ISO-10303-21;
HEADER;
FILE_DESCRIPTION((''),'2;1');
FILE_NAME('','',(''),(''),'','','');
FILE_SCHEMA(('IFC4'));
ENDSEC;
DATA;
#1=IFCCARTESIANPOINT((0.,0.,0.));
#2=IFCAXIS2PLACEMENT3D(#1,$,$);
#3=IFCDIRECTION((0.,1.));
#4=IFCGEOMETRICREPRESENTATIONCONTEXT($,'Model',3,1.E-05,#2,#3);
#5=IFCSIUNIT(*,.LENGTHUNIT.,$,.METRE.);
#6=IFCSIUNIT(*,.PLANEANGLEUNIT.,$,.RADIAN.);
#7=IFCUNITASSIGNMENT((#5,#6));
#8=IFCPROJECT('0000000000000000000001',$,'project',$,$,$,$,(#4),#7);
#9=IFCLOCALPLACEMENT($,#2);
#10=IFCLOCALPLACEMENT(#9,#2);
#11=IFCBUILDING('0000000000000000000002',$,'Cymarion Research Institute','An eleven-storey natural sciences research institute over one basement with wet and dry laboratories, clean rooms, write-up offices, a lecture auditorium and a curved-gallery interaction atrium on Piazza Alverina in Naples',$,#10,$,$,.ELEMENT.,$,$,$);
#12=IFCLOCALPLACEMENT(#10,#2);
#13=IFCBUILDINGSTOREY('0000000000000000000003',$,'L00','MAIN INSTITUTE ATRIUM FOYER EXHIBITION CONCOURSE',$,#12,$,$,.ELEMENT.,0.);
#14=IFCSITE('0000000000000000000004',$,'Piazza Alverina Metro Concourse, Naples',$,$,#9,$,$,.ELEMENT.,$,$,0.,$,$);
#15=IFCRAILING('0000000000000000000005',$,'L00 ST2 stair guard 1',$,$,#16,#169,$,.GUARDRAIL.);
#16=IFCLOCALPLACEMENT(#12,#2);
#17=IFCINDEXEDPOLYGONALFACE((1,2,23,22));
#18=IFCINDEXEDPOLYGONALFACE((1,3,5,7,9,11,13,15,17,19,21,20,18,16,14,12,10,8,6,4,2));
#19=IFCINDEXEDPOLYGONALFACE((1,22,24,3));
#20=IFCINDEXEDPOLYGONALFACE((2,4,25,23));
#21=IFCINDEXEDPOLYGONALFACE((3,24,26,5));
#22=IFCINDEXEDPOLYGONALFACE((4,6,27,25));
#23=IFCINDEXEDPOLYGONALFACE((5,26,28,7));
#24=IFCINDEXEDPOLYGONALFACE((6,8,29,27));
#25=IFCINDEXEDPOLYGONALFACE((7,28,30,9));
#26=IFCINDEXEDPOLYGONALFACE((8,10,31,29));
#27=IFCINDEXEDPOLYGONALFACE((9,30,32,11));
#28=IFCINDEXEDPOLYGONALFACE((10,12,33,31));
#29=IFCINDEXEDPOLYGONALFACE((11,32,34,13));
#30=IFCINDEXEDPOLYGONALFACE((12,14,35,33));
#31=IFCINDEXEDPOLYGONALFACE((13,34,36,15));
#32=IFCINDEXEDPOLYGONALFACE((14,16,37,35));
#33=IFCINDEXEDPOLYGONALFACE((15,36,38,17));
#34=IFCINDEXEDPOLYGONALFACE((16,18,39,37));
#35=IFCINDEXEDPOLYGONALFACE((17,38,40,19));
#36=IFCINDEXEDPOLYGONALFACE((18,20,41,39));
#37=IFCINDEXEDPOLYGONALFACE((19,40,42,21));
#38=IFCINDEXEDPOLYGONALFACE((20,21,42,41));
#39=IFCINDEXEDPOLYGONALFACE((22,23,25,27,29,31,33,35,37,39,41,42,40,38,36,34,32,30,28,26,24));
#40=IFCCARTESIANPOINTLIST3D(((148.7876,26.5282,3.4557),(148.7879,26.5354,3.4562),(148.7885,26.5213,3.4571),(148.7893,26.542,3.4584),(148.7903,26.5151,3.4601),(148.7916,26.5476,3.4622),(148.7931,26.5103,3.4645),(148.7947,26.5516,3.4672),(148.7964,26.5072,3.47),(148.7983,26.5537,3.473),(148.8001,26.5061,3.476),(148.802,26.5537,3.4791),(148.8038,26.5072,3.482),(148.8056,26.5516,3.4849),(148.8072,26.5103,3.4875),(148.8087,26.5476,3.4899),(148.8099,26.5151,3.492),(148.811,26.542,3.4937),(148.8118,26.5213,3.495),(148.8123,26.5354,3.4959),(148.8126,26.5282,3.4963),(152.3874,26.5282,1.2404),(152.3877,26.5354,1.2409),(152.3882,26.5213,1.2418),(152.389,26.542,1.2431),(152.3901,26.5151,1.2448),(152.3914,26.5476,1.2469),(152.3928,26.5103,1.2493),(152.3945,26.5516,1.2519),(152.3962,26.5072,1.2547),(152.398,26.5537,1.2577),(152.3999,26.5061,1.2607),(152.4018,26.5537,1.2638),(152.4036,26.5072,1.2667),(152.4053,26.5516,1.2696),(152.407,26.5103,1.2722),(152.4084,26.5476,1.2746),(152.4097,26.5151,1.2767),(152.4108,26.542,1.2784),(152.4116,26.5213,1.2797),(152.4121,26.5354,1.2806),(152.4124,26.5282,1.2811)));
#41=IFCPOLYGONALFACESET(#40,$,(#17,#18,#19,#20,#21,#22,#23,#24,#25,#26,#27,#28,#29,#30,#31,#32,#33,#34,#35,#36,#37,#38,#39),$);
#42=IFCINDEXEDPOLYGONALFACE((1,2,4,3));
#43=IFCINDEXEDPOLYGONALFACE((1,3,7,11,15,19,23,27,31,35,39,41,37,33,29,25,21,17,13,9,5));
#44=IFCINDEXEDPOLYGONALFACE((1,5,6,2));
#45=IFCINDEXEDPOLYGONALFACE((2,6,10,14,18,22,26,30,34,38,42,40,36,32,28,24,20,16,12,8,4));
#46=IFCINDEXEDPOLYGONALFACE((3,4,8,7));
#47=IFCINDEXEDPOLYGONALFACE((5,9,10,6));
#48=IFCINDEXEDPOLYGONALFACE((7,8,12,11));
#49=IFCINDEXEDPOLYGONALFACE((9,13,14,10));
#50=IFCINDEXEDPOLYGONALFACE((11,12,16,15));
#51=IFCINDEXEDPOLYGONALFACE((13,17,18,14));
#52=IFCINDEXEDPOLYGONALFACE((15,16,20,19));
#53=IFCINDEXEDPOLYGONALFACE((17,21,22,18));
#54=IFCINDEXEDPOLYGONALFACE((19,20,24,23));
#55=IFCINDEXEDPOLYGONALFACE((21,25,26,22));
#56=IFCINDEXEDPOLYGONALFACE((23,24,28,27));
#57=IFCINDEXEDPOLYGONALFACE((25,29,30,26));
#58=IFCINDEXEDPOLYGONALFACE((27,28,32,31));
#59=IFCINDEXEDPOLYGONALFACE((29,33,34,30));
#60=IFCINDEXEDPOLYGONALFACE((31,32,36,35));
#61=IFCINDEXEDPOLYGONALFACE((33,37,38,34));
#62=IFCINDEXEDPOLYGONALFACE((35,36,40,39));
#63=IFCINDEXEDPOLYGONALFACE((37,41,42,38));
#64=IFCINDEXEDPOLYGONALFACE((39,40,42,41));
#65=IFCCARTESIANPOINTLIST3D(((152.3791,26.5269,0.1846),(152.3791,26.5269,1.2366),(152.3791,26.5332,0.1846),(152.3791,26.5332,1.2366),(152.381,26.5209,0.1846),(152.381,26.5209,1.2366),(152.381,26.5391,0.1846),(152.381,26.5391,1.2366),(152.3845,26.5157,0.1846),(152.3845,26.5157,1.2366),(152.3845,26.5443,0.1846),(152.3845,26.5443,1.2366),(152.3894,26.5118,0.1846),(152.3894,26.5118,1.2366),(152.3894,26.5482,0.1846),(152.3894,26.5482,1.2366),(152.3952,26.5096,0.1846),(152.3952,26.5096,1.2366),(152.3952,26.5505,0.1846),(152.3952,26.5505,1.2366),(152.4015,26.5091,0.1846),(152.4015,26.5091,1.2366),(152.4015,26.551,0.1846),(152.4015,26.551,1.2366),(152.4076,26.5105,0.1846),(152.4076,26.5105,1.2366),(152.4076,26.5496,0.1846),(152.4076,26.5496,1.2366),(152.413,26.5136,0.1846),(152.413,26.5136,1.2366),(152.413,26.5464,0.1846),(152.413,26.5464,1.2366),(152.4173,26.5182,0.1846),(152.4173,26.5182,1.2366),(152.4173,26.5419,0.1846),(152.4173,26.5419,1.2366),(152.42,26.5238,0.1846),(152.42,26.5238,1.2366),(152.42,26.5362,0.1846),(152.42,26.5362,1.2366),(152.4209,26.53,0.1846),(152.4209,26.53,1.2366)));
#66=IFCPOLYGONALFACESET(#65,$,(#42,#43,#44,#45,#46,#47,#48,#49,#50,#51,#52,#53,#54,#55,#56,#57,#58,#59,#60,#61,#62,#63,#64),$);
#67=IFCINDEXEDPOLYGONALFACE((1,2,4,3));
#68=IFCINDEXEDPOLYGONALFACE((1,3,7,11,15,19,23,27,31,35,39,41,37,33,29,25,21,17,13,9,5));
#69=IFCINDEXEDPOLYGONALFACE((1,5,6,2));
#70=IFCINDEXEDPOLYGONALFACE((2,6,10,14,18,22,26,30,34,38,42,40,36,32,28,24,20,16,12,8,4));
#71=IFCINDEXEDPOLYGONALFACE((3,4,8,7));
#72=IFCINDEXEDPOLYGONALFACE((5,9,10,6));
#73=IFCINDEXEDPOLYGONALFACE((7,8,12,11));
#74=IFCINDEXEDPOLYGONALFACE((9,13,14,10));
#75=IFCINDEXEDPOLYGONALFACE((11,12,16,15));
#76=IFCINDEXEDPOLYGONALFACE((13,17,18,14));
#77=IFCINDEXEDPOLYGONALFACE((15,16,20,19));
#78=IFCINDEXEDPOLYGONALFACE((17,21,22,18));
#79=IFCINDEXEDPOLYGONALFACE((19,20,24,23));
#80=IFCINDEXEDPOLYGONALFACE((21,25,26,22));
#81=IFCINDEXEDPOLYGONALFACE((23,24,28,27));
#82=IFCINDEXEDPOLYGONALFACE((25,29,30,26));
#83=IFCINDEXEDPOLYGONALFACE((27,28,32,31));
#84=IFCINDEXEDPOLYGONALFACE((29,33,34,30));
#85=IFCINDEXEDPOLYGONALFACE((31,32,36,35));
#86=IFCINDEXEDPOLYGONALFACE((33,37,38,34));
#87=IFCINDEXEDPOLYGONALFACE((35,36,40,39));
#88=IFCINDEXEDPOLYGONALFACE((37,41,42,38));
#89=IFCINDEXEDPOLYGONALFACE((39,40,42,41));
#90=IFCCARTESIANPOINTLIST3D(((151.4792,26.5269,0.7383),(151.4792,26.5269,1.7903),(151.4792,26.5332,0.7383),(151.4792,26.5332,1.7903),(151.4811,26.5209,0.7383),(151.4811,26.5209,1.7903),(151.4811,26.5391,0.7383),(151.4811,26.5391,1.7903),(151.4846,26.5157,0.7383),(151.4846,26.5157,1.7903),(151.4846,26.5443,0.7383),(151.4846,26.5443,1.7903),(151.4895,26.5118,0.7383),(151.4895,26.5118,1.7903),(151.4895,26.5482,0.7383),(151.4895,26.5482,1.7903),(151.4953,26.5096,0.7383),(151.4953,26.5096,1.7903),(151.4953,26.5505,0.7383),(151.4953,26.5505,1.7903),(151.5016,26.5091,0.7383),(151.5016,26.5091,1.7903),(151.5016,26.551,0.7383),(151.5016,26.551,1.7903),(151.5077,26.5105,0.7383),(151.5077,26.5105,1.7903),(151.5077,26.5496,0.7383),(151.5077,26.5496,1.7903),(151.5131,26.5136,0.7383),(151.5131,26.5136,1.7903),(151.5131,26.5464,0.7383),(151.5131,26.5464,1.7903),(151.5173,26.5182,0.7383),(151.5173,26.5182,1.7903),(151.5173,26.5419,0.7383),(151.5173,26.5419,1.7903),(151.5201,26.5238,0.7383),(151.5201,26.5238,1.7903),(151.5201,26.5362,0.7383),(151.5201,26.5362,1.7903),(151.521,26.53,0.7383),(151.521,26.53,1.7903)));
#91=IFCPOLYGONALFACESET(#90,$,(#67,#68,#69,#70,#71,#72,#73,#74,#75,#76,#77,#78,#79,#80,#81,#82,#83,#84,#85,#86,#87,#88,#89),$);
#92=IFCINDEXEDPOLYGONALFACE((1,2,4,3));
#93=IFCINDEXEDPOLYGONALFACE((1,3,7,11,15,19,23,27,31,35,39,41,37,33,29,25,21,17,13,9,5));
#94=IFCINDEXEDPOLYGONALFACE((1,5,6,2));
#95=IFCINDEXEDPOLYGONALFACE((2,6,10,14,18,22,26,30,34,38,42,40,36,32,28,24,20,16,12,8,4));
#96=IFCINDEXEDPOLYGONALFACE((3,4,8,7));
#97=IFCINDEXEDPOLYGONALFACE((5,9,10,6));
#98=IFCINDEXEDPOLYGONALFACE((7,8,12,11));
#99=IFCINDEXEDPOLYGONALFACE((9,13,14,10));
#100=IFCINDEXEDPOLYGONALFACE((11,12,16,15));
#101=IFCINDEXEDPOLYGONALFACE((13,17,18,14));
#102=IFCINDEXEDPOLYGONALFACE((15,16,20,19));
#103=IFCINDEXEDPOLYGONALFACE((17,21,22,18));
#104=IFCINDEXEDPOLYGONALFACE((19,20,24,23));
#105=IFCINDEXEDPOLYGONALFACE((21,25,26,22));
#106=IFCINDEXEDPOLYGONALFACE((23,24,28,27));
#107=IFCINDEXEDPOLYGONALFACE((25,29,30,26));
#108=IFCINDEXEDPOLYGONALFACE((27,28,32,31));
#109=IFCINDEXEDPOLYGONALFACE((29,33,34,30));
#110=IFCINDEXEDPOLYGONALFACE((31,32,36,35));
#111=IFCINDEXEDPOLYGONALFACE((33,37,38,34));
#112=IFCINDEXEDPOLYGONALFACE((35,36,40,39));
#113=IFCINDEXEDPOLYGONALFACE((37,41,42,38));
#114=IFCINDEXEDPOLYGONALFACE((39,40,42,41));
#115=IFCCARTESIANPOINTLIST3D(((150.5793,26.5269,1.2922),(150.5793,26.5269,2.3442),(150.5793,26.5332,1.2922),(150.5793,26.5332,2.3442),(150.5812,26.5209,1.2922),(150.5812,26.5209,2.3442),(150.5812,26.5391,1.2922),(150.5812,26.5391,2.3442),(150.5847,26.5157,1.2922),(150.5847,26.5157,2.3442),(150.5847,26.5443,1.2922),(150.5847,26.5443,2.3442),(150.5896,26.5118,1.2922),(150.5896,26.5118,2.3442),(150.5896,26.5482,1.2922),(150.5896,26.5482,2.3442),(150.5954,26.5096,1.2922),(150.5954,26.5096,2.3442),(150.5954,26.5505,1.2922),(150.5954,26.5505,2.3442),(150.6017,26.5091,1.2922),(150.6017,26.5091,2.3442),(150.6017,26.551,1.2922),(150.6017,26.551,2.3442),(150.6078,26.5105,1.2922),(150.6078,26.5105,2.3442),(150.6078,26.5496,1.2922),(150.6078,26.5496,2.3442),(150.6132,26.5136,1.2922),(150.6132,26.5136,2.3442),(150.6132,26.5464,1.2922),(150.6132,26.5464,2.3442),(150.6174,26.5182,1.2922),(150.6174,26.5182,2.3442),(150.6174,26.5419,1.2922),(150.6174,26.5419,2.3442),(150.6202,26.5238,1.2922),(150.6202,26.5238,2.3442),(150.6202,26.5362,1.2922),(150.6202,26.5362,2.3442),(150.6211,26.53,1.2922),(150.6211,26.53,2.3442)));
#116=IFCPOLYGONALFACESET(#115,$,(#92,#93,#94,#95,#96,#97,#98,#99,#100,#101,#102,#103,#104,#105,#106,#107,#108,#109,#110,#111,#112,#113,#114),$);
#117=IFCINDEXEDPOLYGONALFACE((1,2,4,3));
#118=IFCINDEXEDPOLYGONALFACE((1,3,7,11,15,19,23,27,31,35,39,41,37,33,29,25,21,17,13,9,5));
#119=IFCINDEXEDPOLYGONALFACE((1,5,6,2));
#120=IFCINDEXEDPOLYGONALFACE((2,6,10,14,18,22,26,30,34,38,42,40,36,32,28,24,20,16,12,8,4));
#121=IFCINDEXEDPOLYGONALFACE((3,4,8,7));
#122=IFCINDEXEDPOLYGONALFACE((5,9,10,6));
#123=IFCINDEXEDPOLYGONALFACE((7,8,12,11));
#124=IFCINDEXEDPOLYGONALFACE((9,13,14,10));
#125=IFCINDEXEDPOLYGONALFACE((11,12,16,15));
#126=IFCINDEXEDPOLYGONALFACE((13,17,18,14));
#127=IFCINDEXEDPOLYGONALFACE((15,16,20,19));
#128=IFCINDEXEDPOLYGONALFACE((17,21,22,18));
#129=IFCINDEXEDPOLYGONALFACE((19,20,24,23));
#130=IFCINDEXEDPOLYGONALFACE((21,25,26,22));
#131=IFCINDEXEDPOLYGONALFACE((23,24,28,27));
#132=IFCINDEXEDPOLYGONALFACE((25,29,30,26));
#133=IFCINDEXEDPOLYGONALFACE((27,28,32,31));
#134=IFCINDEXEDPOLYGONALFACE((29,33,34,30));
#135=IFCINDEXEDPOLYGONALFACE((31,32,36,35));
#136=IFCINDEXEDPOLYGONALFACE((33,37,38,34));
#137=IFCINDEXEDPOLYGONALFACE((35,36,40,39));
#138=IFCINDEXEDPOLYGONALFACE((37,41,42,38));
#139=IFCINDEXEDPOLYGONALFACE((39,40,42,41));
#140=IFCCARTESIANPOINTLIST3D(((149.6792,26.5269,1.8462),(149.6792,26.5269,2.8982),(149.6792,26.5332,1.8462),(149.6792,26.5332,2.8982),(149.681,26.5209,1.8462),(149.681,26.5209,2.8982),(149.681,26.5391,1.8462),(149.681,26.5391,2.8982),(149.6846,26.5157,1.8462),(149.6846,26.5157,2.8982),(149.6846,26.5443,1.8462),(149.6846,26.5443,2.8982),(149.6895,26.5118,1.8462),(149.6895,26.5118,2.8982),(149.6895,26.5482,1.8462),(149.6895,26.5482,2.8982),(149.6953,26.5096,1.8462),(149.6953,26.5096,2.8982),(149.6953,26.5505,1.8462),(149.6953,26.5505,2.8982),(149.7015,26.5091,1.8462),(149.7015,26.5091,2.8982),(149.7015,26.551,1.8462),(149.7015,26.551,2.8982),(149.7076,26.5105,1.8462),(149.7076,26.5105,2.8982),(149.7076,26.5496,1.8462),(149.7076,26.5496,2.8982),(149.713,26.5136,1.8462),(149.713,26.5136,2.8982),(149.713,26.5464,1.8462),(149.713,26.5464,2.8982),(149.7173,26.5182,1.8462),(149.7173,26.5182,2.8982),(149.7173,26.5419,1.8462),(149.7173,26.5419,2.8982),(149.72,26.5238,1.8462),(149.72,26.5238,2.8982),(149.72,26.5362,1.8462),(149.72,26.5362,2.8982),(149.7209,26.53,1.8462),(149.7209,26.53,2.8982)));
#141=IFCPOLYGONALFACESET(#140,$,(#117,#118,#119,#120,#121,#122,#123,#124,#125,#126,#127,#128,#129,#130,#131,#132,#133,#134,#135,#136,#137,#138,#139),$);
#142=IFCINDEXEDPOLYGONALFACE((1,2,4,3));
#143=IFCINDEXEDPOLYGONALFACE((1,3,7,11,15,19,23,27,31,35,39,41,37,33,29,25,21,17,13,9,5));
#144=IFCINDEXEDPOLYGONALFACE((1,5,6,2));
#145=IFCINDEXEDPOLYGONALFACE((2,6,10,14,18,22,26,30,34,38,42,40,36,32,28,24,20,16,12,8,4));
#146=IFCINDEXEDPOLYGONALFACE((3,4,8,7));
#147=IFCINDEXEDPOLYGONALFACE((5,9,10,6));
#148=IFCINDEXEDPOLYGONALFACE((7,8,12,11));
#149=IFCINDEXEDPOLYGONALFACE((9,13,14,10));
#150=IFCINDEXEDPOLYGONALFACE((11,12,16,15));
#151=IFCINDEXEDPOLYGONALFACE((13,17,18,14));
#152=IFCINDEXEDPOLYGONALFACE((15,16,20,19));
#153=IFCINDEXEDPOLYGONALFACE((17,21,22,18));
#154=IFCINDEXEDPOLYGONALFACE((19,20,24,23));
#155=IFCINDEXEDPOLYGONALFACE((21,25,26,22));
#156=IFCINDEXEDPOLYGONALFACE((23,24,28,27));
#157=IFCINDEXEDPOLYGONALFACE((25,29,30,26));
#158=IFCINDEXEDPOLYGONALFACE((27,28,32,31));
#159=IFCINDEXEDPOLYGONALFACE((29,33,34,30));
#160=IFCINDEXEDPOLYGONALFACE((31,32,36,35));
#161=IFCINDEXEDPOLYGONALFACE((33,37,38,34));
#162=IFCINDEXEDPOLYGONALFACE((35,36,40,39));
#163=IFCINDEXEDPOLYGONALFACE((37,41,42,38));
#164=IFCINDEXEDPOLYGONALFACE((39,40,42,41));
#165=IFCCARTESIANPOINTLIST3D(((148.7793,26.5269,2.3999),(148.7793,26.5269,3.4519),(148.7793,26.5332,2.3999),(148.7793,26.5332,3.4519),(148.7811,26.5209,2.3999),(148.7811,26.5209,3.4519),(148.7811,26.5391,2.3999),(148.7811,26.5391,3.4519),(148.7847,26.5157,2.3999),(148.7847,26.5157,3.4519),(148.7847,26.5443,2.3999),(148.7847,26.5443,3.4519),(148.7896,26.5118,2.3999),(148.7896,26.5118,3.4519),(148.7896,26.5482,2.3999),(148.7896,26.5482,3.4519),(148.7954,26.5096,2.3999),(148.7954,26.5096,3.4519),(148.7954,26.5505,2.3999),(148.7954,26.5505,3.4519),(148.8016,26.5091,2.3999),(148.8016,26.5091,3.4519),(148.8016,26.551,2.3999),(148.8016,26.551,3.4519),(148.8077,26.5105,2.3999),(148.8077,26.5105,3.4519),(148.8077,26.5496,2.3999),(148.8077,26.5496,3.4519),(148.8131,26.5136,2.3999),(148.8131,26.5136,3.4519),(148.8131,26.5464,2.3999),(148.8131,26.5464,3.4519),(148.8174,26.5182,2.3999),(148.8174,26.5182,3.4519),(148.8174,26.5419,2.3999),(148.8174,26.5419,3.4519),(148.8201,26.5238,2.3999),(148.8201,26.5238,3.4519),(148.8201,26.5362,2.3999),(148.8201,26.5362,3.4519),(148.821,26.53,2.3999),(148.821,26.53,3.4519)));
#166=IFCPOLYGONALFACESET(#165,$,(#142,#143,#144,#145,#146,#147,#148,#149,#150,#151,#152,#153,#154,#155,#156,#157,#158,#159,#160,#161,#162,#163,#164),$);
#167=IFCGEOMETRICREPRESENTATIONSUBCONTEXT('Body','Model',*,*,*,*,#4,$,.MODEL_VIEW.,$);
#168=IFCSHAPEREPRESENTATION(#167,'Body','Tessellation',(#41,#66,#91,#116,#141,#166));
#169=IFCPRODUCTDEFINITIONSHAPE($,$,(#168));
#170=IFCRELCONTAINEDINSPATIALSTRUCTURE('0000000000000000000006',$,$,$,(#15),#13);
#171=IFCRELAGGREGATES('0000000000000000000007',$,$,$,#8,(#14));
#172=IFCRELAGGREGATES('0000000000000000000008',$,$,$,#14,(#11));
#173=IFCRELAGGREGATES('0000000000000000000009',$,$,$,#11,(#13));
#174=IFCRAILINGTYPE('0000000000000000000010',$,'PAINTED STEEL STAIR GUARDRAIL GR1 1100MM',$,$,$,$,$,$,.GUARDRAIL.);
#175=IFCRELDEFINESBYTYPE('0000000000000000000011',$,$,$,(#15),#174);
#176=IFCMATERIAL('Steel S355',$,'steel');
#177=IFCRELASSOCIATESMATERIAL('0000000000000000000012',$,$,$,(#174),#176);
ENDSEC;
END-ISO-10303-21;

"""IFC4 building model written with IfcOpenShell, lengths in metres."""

from ifc_helpers import new_model, si_unit, direction, frame, origin, origin_2d, place, context, subcontext, project, spatial, circle, extrude, material, type_object, element, save


model = new_model("IFC4")

# Units and contexts
model_context = context("Model", 3, precision=1e-05, world=origin(), true_north=direction((0.0, 1.0)))
body_context = subcontext(model_context, "Body", "Model", "MODEL_VIEW")
ifc_project = project(units=[si_unit("LENGTHUNIT", "METRE"), si_unit("PLANEANGLEUNIT", "RADIAN")], contexts=[model_context])

# Site, building, storey
site_placement = place(None, origin())
site = spatial("IfcSite", under=ifc_project, at=site_placement, Name="Piazza Alverina Metro Concourse, Naples", CompositionType="ELEMENT", RefElevation=0.0)
building_placement = place(site_placement, origin())
building = spatial("IfcBuilding", under=site, at=building_placement, Name="Cymarion Research Institute", Description="An eleven-storey natural sciences research institute over one basement with wet and dry laboratories, clean rooms, write-up offices, a lecture auditorium and a curved-gallery interaction atrium on Piazza Alverina in Naples", CompositionType="ELEMENT")
storey_placement = place(building_placement, origin())
storey = spatial("IfcBuildingStorey", under=building, at=storey_placement, Name="L00", Description="MAIN INSTITUTE ATRIUM FOYER EXHIBITION CONCOURSE", CompositionType="ELEMENT", Elevation=0.0)

# Shared definitions
ifc_material_1 = material(Name="Steel S355", Category="steel")

# Railing
railing_type_1 = type_object("IfcRailingType", Name="PAINTED STEEL STAIR GUARDRAIL GR1 1100MM", PredefinedType="GUARDRAIL", material=ifc_material_1)
railing_1_placement = place(storey_placement, frame((152.3999, 26.53, 0.1846)))
element("IfcRailing", 1, at=railing_1_placement, inside=storey, type_object=railing_type_1, Name="L00 ST2 stair guard 1", PredefinedType="GUARDRAIL", context=body_context, shape_type="SweptSolid", body=[
    extrude(circle(Radius=0.0239, at=origin_2d()), frame((0.0, 0.0, 1.0762), z_axis=(-0.851654, 0.0, 0.524104), x_axis=(0.0, -1.0, 0.0)), (0.0, 0.0, 1.0), 4.2268),
    extrude(circle(Radius=0.021, at=origin_2d()), origin(), (0.0, 0.0, 1.0), 1.052),
    extrude(circle(Radius=0.021, at=origin_2d()), frame((-0.8999, 0.0, 0.5537)), (0.0, 0.0, 1.0), 1.052),
    extrude(circle(Radius=0.021, at=origin_2d()), frame((-1.7998, 0.0, 1.1077)), (0.0, 0.0, 1.0), 1.052),
    extrude(circle(Radius=0.021, at=origin_2d()), frame((-2.7, 0.0, 1.6616)), (0.0, 0.0, 1.0), 1.052),
    extrude(circle(Radius=0.021, at=origin_2d()), frame((-3.5999, 0.0, 2.2153)), (0.0, 0.0, 1.0), 1.052),
])

save(model, "model.ifc")
